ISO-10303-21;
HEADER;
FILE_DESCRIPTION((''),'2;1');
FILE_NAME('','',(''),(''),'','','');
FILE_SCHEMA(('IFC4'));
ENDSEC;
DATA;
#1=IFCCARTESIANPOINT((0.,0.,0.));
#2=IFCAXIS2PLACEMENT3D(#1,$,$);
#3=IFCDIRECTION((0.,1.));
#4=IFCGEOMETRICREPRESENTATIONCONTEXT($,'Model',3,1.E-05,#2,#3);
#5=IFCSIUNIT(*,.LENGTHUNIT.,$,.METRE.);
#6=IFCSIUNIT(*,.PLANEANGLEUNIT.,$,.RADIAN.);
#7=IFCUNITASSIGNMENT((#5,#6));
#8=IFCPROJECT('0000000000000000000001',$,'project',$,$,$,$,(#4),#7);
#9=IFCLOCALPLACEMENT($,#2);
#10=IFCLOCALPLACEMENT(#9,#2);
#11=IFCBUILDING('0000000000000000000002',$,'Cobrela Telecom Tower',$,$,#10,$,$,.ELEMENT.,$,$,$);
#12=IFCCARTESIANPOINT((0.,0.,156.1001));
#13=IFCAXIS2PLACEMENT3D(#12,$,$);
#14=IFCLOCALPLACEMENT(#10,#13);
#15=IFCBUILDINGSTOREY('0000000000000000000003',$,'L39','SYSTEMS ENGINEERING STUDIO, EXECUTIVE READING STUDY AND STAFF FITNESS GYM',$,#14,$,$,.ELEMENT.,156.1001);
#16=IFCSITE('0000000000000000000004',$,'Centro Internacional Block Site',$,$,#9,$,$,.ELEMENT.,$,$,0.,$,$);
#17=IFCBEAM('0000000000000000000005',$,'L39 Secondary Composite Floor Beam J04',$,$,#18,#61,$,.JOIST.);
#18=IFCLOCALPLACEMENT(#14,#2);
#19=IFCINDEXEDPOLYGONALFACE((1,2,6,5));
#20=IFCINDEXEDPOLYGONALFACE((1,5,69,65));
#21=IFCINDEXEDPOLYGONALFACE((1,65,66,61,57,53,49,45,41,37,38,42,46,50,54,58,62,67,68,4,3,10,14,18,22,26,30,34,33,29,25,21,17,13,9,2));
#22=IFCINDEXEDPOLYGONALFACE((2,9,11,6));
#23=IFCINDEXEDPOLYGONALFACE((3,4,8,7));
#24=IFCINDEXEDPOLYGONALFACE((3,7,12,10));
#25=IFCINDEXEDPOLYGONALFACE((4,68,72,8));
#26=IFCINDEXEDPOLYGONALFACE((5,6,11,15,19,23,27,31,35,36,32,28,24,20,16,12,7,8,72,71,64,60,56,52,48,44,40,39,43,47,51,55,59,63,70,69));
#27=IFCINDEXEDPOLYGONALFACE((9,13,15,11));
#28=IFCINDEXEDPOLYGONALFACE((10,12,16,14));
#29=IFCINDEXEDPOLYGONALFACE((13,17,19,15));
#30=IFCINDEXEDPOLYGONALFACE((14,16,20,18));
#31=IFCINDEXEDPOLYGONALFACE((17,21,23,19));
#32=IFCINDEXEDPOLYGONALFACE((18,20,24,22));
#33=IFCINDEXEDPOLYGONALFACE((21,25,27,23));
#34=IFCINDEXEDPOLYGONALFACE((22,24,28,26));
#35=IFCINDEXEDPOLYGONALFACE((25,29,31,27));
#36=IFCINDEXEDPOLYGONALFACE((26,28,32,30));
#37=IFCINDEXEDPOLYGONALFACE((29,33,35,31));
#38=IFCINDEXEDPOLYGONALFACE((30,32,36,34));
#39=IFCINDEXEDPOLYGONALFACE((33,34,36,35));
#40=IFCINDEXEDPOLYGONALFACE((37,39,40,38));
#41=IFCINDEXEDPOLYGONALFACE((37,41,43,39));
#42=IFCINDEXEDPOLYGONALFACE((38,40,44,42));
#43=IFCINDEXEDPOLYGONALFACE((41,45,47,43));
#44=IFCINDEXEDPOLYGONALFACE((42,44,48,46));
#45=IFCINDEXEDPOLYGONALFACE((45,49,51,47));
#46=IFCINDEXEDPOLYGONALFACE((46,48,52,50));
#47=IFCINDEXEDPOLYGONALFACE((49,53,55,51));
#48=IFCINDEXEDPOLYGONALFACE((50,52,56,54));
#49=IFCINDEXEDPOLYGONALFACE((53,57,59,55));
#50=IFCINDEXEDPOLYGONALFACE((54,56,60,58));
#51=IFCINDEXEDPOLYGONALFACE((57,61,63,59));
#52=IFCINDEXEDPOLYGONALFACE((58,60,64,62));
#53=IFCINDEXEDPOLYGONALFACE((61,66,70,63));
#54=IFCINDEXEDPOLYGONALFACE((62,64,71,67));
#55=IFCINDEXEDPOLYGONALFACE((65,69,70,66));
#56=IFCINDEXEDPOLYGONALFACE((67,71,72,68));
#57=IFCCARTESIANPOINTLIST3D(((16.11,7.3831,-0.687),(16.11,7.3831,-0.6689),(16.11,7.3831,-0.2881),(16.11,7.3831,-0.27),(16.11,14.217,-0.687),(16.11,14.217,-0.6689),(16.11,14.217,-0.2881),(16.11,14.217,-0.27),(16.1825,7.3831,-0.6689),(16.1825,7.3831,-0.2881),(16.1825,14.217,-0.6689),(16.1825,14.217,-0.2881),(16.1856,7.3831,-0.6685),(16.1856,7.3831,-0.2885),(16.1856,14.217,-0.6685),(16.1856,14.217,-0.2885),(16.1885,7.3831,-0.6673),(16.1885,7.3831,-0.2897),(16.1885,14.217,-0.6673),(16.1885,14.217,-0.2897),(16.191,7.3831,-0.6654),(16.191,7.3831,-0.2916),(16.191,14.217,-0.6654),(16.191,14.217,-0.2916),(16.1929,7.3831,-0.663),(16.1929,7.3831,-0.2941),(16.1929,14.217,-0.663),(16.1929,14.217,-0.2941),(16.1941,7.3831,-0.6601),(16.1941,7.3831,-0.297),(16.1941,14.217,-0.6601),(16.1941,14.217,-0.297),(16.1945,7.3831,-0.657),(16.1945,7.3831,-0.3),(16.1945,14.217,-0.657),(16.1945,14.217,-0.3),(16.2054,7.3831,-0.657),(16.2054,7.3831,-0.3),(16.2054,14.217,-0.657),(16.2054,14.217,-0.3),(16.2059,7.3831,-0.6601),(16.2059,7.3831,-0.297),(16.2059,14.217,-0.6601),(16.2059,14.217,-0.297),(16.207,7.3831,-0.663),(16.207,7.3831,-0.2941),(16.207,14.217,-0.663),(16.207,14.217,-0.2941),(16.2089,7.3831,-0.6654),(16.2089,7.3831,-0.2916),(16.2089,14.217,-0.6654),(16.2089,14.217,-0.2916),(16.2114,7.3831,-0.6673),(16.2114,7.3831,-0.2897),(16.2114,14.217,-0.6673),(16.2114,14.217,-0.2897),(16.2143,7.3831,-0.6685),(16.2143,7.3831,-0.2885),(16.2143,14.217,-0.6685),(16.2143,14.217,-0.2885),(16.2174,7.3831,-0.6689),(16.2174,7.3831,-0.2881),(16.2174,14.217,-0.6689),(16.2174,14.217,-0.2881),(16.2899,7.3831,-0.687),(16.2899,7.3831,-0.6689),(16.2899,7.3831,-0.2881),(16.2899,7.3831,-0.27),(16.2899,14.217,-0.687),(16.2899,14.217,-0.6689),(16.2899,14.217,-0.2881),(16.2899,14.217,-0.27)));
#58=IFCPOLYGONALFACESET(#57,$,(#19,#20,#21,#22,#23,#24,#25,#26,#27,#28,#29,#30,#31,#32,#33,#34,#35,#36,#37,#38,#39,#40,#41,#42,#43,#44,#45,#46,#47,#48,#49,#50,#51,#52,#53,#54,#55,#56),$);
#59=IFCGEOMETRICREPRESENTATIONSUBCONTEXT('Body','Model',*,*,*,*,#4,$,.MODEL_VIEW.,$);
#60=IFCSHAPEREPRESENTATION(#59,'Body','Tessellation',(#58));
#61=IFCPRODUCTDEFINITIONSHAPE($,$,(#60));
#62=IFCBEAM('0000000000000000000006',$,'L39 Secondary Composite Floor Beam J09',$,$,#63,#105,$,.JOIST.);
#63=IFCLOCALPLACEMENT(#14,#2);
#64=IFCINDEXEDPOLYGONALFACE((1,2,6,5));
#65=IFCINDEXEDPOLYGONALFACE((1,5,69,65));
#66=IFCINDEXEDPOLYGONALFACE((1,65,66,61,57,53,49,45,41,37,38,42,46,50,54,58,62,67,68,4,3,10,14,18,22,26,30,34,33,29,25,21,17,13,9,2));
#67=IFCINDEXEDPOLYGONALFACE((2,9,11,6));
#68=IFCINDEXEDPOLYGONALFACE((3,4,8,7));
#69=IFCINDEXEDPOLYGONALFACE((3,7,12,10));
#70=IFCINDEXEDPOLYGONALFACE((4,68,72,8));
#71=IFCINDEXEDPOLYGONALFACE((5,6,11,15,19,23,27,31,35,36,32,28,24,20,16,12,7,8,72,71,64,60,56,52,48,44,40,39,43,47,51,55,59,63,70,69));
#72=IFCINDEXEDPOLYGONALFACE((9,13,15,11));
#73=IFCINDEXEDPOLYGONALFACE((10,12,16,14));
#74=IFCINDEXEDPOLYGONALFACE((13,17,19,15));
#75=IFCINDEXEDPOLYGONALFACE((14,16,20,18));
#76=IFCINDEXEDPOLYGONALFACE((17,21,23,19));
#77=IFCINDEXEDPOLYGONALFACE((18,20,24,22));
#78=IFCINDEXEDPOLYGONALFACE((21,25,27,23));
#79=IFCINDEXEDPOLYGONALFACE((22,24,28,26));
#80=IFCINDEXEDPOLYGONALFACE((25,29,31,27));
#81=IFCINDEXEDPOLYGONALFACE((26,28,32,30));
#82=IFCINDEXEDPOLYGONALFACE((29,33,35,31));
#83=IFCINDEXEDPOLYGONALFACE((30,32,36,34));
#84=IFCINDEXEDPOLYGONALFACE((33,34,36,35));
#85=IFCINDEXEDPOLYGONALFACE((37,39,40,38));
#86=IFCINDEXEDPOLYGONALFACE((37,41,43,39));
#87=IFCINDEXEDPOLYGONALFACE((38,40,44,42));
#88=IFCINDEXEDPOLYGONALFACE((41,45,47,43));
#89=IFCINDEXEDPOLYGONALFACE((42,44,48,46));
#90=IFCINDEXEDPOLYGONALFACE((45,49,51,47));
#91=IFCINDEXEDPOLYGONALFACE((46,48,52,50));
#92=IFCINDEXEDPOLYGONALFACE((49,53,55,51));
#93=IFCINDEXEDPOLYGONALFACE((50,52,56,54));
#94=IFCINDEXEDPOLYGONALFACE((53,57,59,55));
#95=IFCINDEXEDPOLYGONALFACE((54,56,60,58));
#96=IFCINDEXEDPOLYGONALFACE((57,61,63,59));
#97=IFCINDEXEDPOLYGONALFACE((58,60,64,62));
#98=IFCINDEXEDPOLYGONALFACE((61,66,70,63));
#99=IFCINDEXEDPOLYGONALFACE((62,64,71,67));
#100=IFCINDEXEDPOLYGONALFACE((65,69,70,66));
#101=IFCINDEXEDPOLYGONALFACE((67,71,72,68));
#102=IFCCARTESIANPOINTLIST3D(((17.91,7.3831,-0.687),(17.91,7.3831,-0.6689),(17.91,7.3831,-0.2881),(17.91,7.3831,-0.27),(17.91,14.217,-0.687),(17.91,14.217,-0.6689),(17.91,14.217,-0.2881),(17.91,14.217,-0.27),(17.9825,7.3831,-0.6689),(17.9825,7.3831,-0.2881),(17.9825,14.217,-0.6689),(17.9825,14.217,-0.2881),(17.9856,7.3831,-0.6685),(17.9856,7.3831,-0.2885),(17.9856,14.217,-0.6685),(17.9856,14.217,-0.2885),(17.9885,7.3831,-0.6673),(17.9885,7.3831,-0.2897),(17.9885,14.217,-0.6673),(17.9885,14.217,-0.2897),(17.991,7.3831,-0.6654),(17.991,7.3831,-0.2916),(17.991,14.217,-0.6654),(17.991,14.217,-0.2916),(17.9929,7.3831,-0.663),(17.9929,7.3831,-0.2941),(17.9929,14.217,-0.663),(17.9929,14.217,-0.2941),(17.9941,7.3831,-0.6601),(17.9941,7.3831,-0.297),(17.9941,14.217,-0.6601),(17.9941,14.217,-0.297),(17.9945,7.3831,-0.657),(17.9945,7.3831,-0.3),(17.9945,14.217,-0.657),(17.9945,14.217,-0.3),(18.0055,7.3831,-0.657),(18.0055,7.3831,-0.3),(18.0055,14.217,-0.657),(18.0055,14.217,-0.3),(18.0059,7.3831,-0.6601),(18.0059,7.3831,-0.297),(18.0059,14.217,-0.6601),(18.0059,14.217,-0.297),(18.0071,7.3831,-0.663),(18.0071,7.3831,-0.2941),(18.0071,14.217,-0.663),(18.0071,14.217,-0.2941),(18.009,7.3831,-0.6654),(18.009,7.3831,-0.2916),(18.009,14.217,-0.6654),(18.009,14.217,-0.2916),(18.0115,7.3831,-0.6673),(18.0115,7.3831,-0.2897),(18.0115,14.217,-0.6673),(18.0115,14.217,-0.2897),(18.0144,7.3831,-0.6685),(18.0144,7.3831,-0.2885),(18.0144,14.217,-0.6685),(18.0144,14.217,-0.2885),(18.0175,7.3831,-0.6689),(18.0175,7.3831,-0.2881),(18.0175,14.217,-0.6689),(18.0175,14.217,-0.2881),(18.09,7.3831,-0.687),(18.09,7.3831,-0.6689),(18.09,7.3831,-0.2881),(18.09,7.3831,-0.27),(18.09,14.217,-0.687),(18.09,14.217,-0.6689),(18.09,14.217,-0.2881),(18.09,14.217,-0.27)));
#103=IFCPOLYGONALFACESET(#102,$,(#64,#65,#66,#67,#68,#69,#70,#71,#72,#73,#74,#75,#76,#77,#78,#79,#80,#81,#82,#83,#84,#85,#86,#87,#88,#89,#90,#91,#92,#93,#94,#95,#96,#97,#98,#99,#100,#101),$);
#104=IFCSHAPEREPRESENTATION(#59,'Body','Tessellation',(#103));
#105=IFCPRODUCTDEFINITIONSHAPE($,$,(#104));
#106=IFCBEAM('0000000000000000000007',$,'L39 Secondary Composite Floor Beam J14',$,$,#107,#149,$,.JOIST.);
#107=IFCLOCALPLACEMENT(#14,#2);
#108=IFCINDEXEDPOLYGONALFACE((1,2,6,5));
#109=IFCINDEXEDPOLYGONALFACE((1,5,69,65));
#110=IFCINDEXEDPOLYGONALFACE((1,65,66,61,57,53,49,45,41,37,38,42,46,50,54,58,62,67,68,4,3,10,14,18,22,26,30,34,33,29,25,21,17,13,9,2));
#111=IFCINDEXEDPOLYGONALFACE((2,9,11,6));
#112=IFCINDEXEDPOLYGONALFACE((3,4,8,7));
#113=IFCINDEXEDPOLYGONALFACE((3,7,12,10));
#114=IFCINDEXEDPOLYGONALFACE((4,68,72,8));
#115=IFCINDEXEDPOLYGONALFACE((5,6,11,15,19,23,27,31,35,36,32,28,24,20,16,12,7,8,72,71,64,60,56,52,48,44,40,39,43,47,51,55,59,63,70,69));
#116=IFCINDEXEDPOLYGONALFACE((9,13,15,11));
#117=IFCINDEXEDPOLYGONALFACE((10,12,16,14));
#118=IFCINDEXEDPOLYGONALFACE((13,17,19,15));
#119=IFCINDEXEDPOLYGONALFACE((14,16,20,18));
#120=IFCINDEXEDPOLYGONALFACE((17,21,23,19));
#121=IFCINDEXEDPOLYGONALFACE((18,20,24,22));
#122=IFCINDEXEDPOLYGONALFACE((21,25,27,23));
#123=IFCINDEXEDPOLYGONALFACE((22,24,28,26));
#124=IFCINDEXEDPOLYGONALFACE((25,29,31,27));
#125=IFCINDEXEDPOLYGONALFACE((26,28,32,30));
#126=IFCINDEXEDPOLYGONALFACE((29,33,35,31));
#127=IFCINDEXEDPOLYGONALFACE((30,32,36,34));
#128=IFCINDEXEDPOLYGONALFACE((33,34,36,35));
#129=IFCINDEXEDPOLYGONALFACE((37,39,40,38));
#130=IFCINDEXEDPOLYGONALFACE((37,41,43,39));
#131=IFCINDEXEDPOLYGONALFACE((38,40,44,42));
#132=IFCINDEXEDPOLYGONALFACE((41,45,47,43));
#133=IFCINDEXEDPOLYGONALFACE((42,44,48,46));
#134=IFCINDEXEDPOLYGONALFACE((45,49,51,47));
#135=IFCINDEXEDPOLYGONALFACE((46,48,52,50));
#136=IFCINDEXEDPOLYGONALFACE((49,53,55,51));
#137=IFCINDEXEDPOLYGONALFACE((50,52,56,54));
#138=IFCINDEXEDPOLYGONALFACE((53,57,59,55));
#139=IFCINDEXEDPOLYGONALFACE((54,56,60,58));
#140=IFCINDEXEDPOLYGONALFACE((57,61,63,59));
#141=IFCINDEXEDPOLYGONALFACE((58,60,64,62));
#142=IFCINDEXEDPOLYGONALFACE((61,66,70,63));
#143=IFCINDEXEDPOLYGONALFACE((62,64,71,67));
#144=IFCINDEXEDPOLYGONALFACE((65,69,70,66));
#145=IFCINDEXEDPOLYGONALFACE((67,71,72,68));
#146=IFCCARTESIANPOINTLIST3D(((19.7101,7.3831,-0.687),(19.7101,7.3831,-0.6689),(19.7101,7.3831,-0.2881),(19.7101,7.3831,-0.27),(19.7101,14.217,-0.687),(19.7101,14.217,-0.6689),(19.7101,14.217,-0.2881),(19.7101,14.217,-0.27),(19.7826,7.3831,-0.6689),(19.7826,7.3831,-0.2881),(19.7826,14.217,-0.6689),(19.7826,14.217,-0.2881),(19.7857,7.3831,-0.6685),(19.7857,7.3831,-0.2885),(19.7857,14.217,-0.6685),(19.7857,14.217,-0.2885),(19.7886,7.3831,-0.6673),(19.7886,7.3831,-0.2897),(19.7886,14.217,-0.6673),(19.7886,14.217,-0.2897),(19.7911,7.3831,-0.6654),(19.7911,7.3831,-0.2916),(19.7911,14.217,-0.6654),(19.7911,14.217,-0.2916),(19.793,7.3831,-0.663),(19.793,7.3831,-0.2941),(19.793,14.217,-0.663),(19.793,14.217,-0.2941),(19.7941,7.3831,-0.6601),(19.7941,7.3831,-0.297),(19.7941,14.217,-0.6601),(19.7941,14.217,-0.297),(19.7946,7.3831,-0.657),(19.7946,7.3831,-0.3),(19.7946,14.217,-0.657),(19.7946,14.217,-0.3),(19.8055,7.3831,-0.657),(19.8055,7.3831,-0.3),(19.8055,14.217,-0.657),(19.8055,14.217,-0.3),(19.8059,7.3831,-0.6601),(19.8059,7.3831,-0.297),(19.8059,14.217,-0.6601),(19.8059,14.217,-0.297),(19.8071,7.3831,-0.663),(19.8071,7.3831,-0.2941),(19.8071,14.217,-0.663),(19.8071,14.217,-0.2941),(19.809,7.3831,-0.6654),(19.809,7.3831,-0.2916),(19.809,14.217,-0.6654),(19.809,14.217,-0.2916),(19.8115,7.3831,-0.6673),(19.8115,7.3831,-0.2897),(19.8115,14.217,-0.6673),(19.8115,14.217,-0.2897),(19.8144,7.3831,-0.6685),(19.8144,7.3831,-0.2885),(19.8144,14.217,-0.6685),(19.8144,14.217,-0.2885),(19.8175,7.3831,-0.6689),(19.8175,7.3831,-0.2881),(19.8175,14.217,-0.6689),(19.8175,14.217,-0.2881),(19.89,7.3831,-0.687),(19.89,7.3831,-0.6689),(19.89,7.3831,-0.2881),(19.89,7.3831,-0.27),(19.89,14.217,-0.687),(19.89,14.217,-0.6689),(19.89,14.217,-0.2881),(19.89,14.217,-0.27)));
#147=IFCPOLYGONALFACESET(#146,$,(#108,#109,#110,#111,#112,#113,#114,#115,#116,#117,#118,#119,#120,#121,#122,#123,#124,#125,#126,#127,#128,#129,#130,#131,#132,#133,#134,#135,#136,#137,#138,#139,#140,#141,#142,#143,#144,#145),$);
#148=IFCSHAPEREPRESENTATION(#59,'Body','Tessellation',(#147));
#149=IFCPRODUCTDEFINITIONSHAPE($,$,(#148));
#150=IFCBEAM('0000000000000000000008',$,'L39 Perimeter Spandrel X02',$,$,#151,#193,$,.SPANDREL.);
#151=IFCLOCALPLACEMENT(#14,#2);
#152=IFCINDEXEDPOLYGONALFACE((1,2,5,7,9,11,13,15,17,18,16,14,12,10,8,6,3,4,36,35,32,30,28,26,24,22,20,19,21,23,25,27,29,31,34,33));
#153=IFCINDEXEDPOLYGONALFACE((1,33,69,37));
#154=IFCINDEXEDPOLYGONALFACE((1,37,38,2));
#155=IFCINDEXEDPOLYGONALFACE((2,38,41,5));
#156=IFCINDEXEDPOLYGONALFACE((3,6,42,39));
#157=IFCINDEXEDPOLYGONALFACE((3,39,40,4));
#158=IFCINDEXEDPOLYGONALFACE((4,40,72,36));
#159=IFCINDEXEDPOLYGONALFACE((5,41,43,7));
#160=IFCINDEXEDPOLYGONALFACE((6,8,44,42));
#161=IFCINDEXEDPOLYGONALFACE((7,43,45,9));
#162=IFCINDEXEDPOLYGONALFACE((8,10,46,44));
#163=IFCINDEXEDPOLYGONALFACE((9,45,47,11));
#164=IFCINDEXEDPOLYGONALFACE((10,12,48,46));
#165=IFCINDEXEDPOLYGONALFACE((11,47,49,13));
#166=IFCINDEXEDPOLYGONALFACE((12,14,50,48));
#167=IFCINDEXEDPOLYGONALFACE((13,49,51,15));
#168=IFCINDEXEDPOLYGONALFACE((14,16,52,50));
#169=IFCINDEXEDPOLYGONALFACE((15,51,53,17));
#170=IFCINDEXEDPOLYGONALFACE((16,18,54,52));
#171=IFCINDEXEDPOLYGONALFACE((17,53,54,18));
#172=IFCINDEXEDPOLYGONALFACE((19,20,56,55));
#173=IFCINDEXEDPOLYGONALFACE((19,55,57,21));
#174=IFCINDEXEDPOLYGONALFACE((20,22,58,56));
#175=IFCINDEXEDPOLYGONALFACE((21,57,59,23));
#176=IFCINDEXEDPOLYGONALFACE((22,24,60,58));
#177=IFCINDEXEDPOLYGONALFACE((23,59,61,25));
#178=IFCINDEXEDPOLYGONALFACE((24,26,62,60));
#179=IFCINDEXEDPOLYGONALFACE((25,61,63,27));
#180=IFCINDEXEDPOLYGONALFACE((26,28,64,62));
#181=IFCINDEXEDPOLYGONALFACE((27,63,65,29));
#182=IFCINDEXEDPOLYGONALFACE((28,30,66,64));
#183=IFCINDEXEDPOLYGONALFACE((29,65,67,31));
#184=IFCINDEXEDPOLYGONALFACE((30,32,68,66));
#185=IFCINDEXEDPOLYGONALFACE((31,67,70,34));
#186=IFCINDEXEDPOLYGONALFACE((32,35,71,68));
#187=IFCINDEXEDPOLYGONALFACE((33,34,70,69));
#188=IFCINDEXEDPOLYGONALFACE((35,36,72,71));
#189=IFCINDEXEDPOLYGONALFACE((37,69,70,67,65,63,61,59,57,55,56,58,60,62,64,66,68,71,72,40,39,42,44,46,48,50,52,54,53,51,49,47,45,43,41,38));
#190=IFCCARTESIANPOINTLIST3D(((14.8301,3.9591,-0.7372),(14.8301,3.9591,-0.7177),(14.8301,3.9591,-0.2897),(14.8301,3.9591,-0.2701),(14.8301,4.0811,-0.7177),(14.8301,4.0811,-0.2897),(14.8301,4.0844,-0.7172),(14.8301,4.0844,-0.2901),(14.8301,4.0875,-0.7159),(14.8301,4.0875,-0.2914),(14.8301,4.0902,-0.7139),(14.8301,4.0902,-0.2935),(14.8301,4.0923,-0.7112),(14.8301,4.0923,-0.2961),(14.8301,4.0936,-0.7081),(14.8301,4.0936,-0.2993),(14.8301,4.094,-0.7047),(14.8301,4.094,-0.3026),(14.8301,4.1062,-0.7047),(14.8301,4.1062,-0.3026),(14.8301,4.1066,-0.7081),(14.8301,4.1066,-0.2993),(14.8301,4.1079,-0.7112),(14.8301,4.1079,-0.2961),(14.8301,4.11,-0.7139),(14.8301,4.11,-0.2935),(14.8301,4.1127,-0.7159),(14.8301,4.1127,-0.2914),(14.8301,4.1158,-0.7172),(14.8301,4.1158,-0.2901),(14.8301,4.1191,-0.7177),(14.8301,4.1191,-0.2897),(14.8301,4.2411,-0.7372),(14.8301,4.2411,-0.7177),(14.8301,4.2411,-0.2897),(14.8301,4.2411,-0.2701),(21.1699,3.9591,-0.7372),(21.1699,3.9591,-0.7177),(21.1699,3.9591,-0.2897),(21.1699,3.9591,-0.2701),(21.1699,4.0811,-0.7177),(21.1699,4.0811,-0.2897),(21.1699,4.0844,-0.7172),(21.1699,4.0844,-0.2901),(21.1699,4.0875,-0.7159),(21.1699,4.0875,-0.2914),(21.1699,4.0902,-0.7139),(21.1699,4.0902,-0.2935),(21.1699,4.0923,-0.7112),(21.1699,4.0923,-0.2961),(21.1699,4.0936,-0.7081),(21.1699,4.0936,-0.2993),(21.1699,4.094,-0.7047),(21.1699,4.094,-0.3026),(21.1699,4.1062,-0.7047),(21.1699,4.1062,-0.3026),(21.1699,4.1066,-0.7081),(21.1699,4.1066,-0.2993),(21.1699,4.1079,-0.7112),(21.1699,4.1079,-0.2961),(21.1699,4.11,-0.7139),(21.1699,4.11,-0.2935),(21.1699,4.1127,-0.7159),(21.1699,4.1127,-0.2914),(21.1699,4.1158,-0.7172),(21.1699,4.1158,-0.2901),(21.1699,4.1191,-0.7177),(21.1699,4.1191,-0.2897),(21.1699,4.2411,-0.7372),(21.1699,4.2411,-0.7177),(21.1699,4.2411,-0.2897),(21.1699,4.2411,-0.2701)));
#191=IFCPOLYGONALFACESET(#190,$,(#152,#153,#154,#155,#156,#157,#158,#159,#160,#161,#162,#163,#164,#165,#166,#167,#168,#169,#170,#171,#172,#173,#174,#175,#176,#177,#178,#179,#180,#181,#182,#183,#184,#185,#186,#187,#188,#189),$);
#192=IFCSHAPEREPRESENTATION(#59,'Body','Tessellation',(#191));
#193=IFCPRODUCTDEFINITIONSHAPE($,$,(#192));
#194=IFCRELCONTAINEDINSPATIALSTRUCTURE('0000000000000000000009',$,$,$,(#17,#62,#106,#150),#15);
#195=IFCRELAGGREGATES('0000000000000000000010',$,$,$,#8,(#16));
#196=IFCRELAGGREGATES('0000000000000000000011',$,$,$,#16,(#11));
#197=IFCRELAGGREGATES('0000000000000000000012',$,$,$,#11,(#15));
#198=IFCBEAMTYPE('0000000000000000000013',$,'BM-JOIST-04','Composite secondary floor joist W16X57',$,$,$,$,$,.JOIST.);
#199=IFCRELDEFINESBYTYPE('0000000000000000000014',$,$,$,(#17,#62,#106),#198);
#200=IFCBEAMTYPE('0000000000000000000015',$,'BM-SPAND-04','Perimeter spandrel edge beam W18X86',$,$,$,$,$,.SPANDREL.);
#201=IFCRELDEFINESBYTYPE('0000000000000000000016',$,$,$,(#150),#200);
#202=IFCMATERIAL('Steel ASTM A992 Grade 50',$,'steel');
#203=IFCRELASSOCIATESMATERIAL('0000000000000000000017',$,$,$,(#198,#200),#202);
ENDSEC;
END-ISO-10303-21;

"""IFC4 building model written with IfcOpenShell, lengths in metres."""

from ifc_helpers import new_model, si_unit, direction, frame, origin, origin_2d, place, context, subcontext, project, spatial, i_section, extrude, material, material_profile, profile_set, type_object, element, save


model = new_model("IFC4")

# Units and contexts
model_context = context("Model", 3, precision=1e-05, world=origin(), true_north=direction((0.0, 1.0)))
body_context = subcontext(model_context, "Body", "Model", "MODEL_VIEW")
ifc_project = project(units=[si_unit("LENGTHUNIT", "METRE"), si_unit("PLANEANGLEUNIT", "RADIAN")], contexts=[model_context])

# Site, building, storey
site_placement = place(None, origin())
site = spatial("IfcSite", under=ifc_project, at=site_placement, Name="Centro Internacional Block Site", CompositionType="ELEMENT", RefElevation=0.0)
building_placement = place(site_placement, origin())
building = spatial("IfcBuilding", under=site, at=building_placement, Name="Cobrela Telecom Tower", CompositionType="ELEMENT")
storey_placement = place(building_placement, frame((0.0, 0.0, 156.1001)))
storey = spatial("IfcBuildingStorey", under=building, at=storey_placement, Name="L39", Description="SYSTEMS ENGINEERING STUDIO, EXECUTIVE READING STUDY AND STAFF FITNESS GYM", CompositionType="ELEMENT", Elevation=156.1001)

# Beams
ifc_material_1 = material(Name="Steel ASTM A992 Grade 50", Category="steel")
ifc_material_profile_1 = material_profile(ifc_material_1, i_section(OverallWidth=0.1799, OverallDepth=0.417, WebThickness=0.011, FlangeThickness=0.0181, FilletRadius=0.012, at=origin_2d()), Name="W16X57")
ifc_profile_set_1 = profile_set([ifc_material_profile_1], Name="Steel ASTM A992 Grade 50")
beam_type_1 = type_object("IfcBeamType", Name="BM-JOIST-04", Description="Composite secondary floor joist W16X57", PredefinedType="JOIST", material=ifc_profile_set_1)
for number, where, z_axis, x_axis, name in (
    (1, (16.2, 7.3831, -0.4785), (0.0, 1.0, 0.0), (-1.0, 0.0, 0.0), "L39 Secondary Composite Floor Beam J04"),
    (2, (18.0, 7.3831, -0.4785), (0.0, 1.0, 0.0), (-1.0, 0.0, 0.0), "L39 Secondary Composite Floor Beam J09"),
    (3, (19.8, 7.3831, -0.4785), (0.0, 1.0, 0.0), (-1.0, 0.0, 0.0), "L39 Secondary Composite Floor Beam J14"),
):
    element("IfcBeam", number, at=place(storey_placement, frame(where, z_axis=z_axis, x_axis=x_axis)), inside=storey, type_object=beam_type_1, Name=name, PredefinedType="JOIST", context=body_context, shape_type="SweptSolid", body=[
        extrude(i_section(OverallWidth=0.1799, OverallDepth=0.417, WebThickness=0.011, FlangeThickness=0.0181, FilletRadius=0.012, at=origin_2d()), origin(), (0.0, 0.0, 1.0), 6.834),
    ])
ifc_material_profile_2 = material_profile(ifc_material_1, i_section(OverallWidth=0.282, OverallDepth=0.467, WebThickness=0.0122, FlangeThickness=0.0195, FilletRadius=0.0129, at=origin_2d()), Name="W18X86")
ifc_profile_set_2 = profile_set([ifc_material_profile_2], Name="Steel ASTM A992 Grade 50")
beam_type_2 = type_object("IfcBeamType", Name="BM-SPAND-04", Description="Perimeter spandrel edge beam W18X86", PredefinedType="SPANDREL", material=ifc_profile_set_2)
beam_1_placement = place(storey_placement, frame((14.8301, 4.1001, -0.5037), z_axis=(1.0, 0.0, 0.0), x_axis=(0.0, 1.0, 0.0)))
element("IfcBeam", 4, at=beam_1_placement, inside=storey, type_object=beam_type_2, Name="L39 Perimeter Spandrel X02", PredefinedType="SPANDREL", context=body_context, shape_type="SweptSolid", body=[
    extrude(i_section(OverallWidth=0.282, OverallDepth=0.467, WebThickness=0.0122, FlangeThickness=0.0195, FilletRadius=0.0129, at=origin_2d()), origin(), (0.0, 0.0, 1.0), 6.3398),
])

save(model, "model.ifc")
